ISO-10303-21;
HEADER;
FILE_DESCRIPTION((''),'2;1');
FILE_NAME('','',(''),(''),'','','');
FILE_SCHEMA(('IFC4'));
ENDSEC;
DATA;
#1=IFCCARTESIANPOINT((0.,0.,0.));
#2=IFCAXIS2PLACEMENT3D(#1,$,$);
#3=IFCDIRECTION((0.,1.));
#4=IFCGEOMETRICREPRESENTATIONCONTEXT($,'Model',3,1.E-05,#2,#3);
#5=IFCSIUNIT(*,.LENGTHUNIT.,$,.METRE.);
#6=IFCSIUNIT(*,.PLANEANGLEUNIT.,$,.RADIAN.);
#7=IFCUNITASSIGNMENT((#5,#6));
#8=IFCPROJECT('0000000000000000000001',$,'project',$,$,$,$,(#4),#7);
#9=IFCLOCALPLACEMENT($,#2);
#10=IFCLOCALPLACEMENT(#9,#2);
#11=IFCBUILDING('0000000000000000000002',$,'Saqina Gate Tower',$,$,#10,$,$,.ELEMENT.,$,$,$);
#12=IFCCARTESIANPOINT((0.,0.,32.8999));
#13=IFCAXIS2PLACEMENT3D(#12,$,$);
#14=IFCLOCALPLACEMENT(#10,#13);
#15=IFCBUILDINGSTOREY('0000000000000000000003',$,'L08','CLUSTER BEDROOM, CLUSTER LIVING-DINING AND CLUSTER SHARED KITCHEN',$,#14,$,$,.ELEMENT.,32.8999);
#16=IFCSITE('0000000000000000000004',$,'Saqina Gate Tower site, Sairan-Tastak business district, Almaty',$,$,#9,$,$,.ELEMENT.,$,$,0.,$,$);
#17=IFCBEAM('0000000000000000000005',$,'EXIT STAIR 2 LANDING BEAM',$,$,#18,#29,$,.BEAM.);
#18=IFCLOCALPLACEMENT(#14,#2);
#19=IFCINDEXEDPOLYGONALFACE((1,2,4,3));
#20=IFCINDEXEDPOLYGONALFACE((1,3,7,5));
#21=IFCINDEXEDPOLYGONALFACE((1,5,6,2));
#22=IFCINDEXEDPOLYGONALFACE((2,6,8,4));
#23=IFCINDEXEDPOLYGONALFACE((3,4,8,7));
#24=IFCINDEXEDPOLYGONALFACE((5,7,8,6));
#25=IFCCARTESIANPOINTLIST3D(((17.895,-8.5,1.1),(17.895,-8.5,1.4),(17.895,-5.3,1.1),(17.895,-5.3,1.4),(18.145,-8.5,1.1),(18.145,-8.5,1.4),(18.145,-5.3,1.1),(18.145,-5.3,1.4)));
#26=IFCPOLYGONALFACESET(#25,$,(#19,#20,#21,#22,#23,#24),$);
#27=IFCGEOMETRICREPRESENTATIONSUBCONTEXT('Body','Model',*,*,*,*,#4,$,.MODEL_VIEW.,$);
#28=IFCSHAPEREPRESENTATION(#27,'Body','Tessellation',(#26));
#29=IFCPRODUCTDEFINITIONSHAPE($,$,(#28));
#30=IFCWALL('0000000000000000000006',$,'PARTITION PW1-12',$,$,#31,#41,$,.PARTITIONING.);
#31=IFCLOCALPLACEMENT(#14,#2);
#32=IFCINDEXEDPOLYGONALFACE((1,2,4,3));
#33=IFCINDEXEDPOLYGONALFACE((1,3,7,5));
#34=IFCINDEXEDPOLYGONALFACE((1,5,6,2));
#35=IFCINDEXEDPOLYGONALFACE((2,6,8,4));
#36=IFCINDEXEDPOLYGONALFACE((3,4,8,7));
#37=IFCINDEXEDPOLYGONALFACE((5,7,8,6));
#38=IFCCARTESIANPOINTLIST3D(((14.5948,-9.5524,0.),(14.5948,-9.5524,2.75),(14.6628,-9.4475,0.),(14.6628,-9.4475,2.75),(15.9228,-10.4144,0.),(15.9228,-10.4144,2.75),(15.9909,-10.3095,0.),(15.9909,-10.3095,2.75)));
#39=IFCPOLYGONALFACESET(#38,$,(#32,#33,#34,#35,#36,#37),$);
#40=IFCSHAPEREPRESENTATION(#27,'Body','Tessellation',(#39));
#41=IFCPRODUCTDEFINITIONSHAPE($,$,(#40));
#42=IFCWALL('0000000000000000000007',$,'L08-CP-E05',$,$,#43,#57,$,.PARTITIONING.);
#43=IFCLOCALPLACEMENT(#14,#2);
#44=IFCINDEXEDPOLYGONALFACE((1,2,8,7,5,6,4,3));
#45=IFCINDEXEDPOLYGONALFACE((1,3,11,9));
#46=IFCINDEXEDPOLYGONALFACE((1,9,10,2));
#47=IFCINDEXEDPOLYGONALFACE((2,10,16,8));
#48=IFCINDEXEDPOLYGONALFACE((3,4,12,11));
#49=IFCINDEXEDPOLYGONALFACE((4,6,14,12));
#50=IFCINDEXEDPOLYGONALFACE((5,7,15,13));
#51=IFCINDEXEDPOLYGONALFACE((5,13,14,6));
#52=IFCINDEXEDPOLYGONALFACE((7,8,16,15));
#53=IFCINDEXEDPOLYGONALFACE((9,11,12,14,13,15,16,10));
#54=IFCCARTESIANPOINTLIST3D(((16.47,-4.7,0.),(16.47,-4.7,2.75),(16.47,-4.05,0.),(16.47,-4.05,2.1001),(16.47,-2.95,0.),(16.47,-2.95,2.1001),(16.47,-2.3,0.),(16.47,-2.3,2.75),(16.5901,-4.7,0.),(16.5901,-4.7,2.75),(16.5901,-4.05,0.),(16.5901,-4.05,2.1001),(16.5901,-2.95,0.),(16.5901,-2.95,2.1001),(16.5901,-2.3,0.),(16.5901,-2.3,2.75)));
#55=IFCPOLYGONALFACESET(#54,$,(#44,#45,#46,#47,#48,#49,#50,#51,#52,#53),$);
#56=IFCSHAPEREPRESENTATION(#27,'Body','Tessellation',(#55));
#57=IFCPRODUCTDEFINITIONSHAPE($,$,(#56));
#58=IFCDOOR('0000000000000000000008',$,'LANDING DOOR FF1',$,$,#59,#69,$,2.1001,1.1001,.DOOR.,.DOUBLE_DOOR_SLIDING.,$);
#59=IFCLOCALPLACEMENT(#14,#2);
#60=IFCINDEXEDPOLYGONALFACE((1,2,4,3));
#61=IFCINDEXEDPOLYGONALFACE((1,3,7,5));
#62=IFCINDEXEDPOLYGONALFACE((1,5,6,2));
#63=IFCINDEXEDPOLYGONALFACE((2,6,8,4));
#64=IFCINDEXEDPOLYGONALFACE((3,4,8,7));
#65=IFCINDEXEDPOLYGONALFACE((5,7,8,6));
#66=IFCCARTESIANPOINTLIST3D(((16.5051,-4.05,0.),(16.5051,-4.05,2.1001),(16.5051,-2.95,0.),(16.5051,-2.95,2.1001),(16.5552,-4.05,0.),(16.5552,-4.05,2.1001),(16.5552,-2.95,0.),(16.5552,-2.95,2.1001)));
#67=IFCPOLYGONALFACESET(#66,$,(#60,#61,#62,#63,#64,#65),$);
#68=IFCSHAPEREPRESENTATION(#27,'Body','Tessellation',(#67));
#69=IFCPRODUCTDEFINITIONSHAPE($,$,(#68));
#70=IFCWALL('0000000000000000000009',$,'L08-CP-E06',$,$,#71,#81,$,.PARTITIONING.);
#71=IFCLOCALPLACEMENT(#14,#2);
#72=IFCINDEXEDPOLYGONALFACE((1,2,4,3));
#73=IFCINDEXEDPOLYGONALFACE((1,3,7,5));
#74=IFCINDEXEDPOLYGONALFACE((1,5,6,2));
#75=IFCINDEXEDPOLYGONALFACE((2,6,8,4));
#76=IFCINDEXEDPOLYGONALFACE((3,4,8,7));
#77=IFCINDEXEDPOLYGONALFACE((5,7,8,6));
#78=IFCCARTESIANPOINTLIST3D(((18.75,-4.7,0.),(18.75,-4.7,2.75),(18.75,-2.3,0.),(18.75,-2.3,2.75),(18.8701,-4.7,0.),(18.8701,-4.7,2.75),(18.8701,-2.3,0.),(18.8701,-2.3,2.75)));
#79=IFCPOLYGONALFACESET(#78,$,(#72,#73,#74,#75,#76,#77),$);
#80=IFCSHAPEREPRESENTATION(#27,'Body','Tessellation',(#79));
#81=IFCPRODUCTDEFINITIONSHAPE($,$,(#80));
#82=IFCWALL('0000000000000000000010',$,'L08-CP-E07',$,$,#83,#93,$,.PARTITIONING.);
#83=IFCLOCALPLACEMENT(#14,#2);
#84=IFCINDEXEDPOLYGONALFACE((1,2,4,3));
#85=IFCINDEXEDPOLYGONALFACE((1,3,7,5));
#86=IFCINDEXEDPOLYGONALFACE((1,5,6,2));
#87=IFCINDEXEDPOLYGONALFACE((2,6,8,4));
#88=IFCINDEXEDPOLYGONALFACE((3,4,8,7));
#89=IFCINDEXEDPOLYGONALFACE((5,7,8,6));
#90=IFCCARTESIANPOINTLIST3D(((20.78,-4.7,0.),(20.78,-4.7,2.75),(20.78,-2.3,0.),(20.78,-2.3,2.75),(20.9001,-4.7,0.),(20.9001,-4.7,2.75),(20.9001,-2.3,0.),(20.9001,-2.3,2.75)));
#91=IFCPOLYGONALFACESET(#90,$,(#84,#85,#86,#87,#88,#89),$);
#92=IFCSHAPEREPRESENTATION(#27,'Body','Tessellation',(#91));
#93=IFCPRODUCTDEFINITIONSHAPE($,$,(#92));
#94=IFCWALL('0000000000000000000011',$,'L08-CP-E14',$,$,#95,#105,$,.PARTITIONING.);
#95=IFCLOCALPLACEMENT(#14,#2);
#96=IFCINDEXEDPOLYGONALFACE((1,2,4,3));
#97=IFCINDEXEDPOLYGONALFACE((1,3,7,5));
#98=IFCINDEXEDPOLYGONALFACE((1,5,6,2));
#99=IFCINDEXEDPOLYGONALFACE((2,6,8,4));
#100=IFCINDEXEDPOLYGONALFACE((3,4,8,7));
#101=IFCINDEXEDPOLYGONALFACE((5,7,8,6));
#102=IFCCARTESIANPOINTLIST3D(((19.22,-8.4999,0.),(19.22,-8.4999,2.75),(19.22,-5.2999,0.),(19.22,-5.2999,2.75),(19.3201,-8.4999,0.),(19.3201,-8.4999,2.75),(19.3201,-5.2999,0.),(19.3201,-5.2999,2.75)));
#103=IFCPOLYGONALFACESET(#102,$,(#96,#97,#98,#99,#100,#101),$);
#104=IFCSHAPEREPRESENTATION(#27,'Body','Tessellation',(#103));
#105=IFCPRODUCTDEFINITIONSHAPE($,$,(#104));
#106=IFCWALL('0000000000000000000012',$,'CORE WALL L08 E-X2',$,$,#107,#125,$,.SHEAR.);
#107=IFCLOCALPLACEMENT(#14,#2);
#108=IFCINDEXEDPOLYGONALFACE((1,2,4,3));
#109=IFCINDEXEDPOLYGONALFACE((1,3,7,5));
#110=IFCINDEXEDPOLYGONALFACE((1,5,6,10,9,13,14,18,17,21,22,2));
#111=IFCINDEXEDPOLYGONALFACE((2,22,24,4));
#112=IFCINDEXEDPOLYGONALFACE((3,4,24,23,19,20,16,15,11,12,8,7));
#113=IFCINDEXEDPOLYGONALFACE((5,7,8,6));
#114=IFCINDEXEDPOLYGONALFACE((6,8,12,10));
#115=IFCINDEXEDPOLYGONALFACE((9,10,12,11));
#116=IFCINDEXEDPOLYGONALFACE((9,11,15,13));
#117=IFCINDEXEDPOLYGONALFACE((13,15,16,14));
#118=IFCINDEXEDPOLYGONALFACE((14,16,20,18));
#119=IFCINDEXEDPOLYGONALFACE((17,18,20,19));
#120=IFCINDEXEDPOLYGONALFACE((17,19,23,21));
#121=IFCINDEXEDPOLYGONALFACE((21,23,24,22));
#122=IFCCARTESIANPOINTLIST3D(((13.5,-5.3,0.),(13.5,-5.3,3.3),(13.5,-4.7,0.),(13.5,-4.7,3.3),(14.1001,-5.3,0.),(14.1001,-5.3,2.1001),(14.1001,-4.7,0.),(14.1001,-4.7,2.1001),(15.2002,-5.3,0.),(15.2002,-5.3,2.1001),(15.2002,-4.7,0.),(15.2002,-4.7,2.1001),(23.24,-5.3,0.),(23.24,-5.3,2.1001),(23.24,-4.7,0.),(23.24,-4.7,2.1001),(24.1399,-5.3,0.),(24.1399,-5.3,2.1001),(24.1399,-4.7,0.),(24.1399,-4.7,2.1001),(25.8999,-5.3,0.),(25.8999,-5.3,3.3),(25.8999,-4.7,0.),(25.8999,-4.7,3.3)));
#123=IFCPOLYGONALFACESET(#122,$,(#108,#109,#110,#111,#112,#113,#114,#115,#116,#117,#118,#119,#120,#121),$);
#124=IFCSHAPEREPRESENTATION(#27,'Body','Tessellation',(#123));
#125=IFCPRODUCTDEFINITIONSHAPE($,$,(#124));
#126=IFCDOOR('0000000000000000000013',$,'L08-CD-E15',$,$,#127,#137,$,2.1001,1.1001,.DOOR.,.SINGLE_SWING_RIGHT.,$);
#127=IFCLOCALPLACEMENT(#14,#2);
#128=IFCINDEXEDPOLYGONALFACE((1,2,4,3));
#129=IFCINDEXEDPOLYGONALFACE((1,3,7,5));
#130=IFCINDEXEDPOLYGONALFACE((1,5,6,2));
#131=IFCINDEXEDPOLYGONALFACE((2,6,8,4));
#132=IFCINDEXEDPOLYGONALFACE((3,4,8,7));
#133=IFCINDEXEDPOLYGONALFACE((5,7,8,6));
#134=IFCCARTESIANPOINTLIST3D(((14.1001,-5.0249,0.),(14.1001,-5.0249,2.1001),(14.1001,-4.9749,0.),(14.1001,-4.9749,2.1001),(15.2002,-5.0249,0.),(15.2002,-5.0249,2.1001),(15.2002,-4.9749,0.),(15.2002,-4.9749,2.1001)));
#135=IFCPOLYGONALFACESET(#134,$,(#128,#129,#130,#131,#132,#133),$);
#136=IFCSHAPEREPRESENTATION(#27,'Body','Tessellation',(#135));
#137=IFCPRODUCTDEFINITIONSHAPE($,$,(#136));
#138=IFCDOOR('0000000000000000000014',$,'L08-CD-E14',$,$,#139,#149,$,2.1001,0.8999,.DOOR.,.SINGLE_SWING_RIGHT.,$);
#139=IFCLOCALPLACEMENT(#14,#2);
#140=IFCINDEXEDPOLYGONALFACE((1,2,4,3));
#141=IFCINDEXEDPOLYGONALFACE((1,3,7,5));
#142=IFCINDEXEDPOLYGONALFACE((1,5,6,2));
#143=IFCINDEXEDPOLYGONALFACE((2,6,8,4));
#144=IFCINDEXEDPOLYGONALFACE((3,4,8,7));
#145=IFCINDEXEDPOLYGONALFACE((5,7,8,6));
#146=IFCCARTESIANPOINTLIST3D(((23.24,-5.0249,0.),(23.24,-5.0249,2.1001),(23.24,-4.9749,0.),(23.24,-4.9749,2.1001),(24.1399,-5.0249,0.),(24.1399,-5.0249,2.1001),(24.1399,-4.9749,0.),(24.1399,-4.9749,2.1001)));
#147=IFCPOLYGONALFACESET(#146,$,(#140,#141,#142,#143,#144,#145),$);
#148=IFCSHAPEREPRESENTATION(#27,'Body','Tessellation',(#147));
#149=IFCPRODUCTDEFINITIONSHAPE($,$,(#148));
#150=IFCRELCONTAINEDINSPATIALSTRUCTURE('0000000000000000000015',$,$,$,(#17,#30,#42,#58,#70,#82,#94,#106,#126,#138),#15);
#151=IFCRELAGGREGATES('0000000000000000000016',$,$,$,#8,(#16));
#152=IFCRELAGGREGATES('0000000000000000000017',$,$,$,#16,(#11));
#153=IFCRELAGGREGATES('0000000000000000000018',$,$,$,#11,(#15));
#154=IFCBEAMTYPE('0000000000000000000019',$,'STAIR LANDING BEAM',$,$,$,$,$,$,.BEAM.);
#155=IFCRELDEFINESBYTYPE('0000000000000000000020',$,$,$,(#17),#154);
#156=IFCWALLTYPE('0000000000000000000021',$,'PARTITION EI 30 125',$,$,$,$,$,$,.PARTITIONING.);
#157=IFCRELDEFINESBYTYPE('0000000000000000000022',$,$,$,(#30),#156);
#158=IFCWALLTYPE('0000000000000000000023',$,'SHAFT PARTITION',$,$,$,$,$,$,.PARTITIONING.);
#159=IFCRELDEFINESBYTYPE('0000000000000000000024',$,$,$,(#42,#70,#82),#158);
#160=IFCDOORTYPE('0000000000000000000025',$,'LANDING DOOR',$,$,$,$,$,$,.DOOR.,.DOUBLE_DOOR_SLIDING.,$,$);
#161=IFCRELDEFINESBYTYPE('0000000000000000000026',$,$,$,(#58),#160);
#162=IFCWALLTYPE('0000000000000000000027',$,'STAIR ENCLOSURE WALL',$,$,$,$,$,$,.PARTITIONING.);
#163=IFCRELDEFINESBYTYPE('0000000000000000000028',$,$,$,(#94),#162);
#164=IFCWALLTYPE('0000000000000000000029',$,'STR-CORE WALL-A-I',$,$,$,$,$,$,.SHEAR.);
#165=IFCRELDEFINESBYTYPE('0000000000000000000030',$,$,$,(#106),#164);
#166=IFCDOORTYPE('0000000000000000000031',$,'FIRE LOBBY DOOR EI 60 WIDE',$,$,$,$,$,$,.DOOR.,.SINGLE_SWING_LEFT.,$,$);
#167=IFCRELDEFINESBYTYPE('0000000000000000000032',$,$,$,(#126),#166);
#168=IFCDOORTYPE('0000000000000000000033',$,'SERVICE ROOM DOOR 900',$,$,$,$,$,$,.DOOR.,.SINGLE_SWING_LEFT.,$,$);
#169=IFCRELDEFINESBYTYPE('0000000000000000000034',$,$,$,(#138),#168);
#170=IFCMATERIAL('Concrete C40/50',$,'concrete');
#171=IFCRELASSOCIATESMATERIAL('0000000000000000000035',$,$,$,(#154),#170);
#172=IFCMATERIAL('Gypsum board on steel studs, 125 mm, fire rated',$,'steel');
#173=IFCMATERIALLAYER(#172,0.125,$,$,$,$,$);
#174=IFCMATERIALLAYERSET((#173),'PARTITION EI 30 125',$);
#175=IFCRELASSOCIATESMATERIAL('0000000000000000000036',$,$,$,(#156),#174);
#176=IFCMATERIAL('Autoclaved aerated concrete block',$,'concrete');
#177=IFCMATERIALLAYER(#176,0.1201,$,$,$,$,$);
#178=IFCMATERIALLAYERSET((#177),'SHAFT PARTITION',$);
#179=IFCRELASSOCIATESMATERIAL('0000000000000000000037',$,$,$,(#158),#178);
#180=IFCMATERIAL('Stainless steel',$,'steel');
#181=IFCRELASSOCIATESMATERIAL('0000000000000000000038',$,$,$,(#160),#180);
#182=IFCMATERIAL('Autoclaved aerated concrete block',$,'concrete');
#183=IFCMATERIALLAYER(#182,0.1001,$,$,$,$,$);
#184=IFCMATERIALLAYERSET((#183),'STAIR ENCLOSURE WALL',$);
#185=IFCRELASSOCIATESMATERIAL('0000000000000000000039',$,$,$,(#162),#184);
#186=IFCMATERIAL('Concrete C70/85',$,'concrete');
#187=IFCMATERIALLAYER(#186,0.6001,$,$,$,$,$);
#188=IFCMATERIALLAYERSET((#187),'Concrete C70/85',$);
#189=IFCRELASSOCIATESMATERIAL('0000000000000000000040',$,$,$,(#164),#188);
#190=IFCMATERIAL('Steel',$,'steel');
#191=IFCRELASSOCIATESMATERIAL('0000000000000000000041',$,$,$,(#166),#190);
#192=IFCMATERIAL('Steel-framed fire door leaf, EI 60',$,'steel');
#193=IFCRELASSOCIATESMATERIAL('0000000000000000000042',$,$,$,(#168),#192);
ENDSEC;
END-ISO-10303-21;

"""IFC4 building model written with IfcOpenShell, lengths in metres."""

from ifc_helpers import new_model, si_unit, direction, frame, frame_2d, origin, origin_2d, place, context, subcontext, project, spatial, rectangle, extrude, material, layer, layer_set, material_profile, profile_set, type_object, element, fill, save


model = new_model("IFC4")

# Units and contexts
model_context = context("Model", 3, precision=1e-05, world=origin(), true_north=direction((0.0, 1.0)))
body_context = subcontext(model_context, "Body", "Model", "MODEL_VIEW")
ifc_project = project(units=[si_unit("LENGTHUNIT", "METRE"), si_unit("PLANEANGLEUNIT", "RADIAN")], contexts=[model_context])

# Site, building, storey
site_placement = place(None, origin())
site = spatial("IfcSite", under=ifc_project, at=site_placement, Name="Saqina Gate Tower site, Sairan-Tastak business district, Almaty", CompositionType="ELEMENT", RefElevation=0.0)
building_placement = place(site_placement, origin())
building = spatial("IfcBuilding", under=site, at=building_placement, Name="Saqina Gate Tower", CompositionType="ELEMENT")
storey_placement = place(building_placement, frame((0.0, 0.0, 32.8999)))
storey = spatial("IfcBuildingStorey", under=building, at=storey_placement, Name="L08", Description="CLUSTER BEDROOM, CLUSTER LIVING-DINING AND CLUSTER SHARED KITCHEN", CompositionType="ELEMENT", Elevation=32.8999)

# Beam
ifc_material_1 = material(Name="Concrete C40/50", Category="concrete")
ifc_material_profile = material_profile(ifc_material_1, rectangle(XDim=0.25, YDim=0.3, at=origin_2d()), Name="STAIR LANDING BEAM")
ifc_profile_set = profile_set([ifc_material_profile], Name="Concrete C40/50")
beam_type = type_object("IfcBeamType", Name="STAIR LANDING BEAM", PredefinedType="BEAM", material=ifc_profile_set)
beam_placement = place(storey_placement, frame((18.02, -8.5, 1.25), z_axis=(0.0, 1.0, 0.0), x_axis=(-1.0, 0.0, 0.0)))
element("IfcBeam", 1, at=beam_placement, inside=storey, type_object=beam_type, Name="EXIT STAIR 2 LANDING BEAM", PredefinedType="BEAM", context=body_context, shape_type="SweptSolid", body=[
    extrude(rectangle(XDim=0.25, YDim=0.3, at=origin_2d()), origin(), (0.0, 0.0, 1.0), 3.2),
])

# Wall
ifc_material_2 = material(Name="Gypsum board on steel studs, 125 mm, fire rated", Category="steel")
ifc_layer_1 = layer(ifc_material_2, 0.125)
ifc_layer_set_1 = layer_set([ifc_layer_1], Name="PARTITION EI 30 125")
wall_type_1 = type_object("IfcWallType", Name="PARTITION EI 30 125", PredefinedType="PARTITIONING", material=ifc_layer_set_1)
wall_1_placement = place(storey_placement, frame((14.6289, -9.5, 0.0), z_axis=(0.0, 0.0, 1.0), x_axis=(0.838796, -0.544446, 0.0)))
element("IfcWall", 2, at=wall_1_placement, inside=storey, type_object=wall_type_1, Name="PARTITION PW1-12", PredefinedType="PARTITIONING", context=body_context, shape_type="SweptSolid", body=[
    extrude(rectangle(XDim=1.5833, YDim=0.125, at=frame_2d((0.7915, 0.0))), origin(), (0.0, 0.0, 1.0), 2.75),
])

# Wall, opening, door
ifc_material_3 = material(Name="Autoclaved aerated concrete block", Category="concrete")
ifc_layer_2 = layer(ifc_material_3, 0.1201)
ifc_layer_set_2 = layer_set([ifc_layer_2], Name="SHAFT PARTITION")
wall_type_2 = type_object("IfcWallType", Name="SHAFT PARTITION", PredefinedType="PARTITIONING", material=ifc_layer_set_2)
wall_2_placement = place(storey_placement, frame((16.53, -4.7, 0.0), z_axis=(0.0, 0.0, 1.0), x_axis=(0.0, 1.0, 0.0)))
wall_2 = element("IfcWall", 3, at=wall_2_placement, inside=storey, type_object=wall_type_2, Name="L08-CP-E05", PredefinedType="PARTITIONING", context=body_context, shape_type="SweptSolid", body=[
    extrude(rectangle(XDim=2.3999, YDim=0.1201, at=frame_2d((1.2, 0.0))), origin(), (0.0, 0.0, 1.0), 2.75),
])
opening_1_placement = place(wall_2_placement, frame((0.6499, 0.0, 0.0)))
opening_1 = element("IfcOpeningElement", 4, at=opening_1_placement, cuts=wall_2, PredefinedType="OPENING", context=body_context, shape_type="SweptSolid", body=[
    extrude(rectangle(XDim=1.1001, YDim=2.1001, at=frame_2d((0.55, 1.05))), frame((0.0, 0.072, 0.0), z_axis=(0.0, -1.0, 0.0), x_axis=(1.0, 0.0, 0.0)), (0.0, 0.0, 1.0), 0.144),
])
ifc_material_4 = material(Name="Stainless steel", Category="steel")
door_type_1 = type_object("IfcDoorType", Name="LANDING DOOR", OperationType="DOUBLE_DOOR_SLIDING", PredefinedType="DOOR", material=ifc_material_4)
door_1_placement = place(opening_1_placement, origin())
door_1 = element("IfcDoor", 5, at=door_1_placement, inside=storey, type_object=door_type_1, Name="LANDING DOOR FF1", OperationType="DOUBLE_DOOR_SLIDING", OverallHeight=2.1001, OverallWidth=1.1001, PredefinedType="DOOR", context=body_context, shape_type="SweptSolid", body=[
    extrude(rectangle(XDim=1.1001, YDim=2.1001, at=frame_2d((0.55, 1.05))), frame((0.0, 0.0249, 0.0), z_axis=(0.0, -1.0, 0.0), x_axis=(1.0, 0.0, 0.0)), (0.0, 0.0, 1.0), 0.05),
])
fill(opening_1, door_1)

# Walls
for number, where, z_axis, x_axis, name in (
    (6, (18.8101, -4.7, 0.0), (0.0, 0.0, 1.0), (0.0, 1.0, 0.0), "L08-CP-E06"),
    (7, (20.8401, -4.7, 0.0), (0.0, 0.0, 1.0), (0.0, 1.0, 0.0), "L08-CP-E07"),
):
    element("IfcWall", number, at=place(storey_placement, frame(where, z_axis=z_axis, x_axis=x_axis)), inside=storey, type_object=wall_type_2, Name=name, PredefinedType="PARTITIONING", context=body_context, shape_type="SweptSolid", body=[
        extrude(rectangle(XDim=2.3999, YDim=0.1201, at=frame_2d((1.2, 0.0))), origin(), (0.0, 0.0, 1.0), 2.75),
    ])
ifc_material_5 = material(Name="Autoclaved aerated concrete block", Category="concrete")
ifc_layer_3 = layer(ifc_material_5, 0.1001)
ifc_layer_set_3 = layer_set([ifc_layer_3], Name="STAIR ENCLOSURE WALL")
wall_type_3 = type_object("IfcWallType", Name="STAIR ENCLOSURE WALL", PredefinedType="PARTITIONING", material=ifc_layer_set_3)
wall_3_placement = place(storey_placement, frame((19.27, -8.5, 0.0), z_axis=(0.0, 0.0, 1.0), x_axis=(0.0, 1.0, 0.0)))
element("IfcWall", 8, at=wall_3_placement, inside=storey, type_object=wall_type_3, Name="L08-CP-E14", PredefinedType="PARTITIONING", context=body_context, shape_type="SweptSolid", body=[
    extrude(rectangle(XDim=3.2, YDim=0.1001, at=frame_2d((1.6001, 0.0))), origin(), (0.0, 0.0, 1.0), 2.75),
])

# Wall, openings, doors
ifc_material_6 = material(Name="Concrete C70/85", Category="concrete")
ifc_layer_4 = layer(ifc_material_6, 0.6001)
ifc_layer_set_4 = layer_set([ifc_layer_4], Name="Concrete C70/85")
wall_type_4 = type_object("IfcWallType", Name="STR-CORE WALL-A-I", PredefinedType="SHEAR", material=ifc_layer_set_4)
wall_4_placement = place(storey_placement, frame((13.5, -5.0, 0.0), z_axis=(0.0, 0.0, 1.0), x_axis=(1.0, 0.0, 0.0)))
wall_4 = element("IfcWall", 9, at=wall_4_placement, inside=storey, type_object=wall_type_4, Name="CORE WALL L08 E-X2", PredefinedType="SHEAR", context=body_context, shape_type="SweptSolid", body=[
    extrude(rectangle(XDim=12.3999, YDim=0.6001, at=frame_2d((6.2, 0.0))), origin(), (0.0, 0.0, 1.0), 3.3),
])
opening_2_placement = place(wall_4_placement, frame((9.74, 0.0, 0.0)))
opening_2 = element("IfcOpeningElement", 10, at=opening_2_placement, cuts=wall_4, PredefinedType="OPENING", context=body_context, shape_type="SweptSolid", body=[
    extrude(rectangle(XDim=0.8999, YDim=2.1001, at=frame_2d((0.45, 1.05))), frame((0.0, 0.312, 0.0), z_axis=(0.0, -1.0, 0.0), x_axis=(1.0, 0.0, 0.0)), (0.0, 0.0, 1.0), 0.624),
])
opening_3_placement = place(wall_4_placement, frame((0.6001, 0.0, 0.0)))
opening_3 = element("IfcOpeningElement", 11, at=opening_3_placement, cuts=wall_4, PredefinedType="OPENING", context=body_context, shape_type="SweptSolid", body=[
    extrude(rectangle(XDim=1.1001, YDim=2.1001, at=frame_2d((0.55, 1.05))), frame((0.0, 0.312, 0.0), z_axis=(0.0, -1.0, 0.0), x_axis=(1.0, 0.0, 0.0)), (0.0, 0.0, 1.0), 0.624),
])
ifc_material_7 = material(Name="Steel", Category="steel")
door_type_2 = type_object("IfcDoorType", Name="FIRE LOBBY DOOR EI 60 WIDE", OperationType="SINGLE_SWING_LEFT", PredefinedType="DOOR", material=ifc_material_7)
door_2_placement = place(opening_3_placement, frame((1.1001, 0.0, 0.0), z_axis=(0.0, 0.0, 1.0), x_axis=(-1.0, 0.0, 0.0)))
door_2 = element("IfcDoor", 12, at=door_2_placement, inside=storey, type_object=door_type_2, Name="L08-CD-E15", OperationType="SINGLE_SWING_RIGHT", OverallHeight=2.1001, OverallWidth=1.1001, PredefinedType="DOOR", context=body_context, shape_type="SweptSolid", body=[
    extrude(rectangle(XDim=1.1001, YDim=2.1001, at=frame_2d((0.55, 1.05))), frame((0.0, 0.0249, 0.0), z_axis=(0.0, -1.0, 0.0), x_axis=(1.0, 0.0, 0.0)), (0.0, 0.0, 1.0), 0.05),
])
fill(opening_3, door_2)
ifc_material_8 = material(Name="Steel-framed fire door leaf, EI 60", Category="steel")
door_type_3 = type_object("IfcDoorType", Name="SERVICE ROOM DOOR 900", OperationType="SINGLE_SWING_LEFT", PredefinedType="DOOR", material=ifc_material_8)
door_3_placement = place(opening_2_placement, frame((0.8999, 0.0, 0.0), z_axis=(0.0, 0.0, 1.0), x_axis=(-1.0, 0.0, 0.0)))
door_3 = element("IfcDoor", 13, at=door_3_placement, inside=storey, type_object=door_type_3, Name="L08-CD-E14", OperationType="SINGLE_SWING_RIGHT", OverallHeight=2.1001, OverallWidth=0.8999, PredefinedType="DOOR", context=body_context, shape_type="SweptSolid", body=[
    extrude(rectangle(XDim=0.8999, YDim=2.1001, at=frame_2d((0.45, 1.05))), frame((0.0, 0.0249, 0.0), z_axis=(0.0, -1.0, 0.0), x_axis=(1.0, 0.0, 0.0)), (0.0, 0.0, 1.0), 0.05),
])
fill(opening_2, door_3)

save(model, "model.ifc")
